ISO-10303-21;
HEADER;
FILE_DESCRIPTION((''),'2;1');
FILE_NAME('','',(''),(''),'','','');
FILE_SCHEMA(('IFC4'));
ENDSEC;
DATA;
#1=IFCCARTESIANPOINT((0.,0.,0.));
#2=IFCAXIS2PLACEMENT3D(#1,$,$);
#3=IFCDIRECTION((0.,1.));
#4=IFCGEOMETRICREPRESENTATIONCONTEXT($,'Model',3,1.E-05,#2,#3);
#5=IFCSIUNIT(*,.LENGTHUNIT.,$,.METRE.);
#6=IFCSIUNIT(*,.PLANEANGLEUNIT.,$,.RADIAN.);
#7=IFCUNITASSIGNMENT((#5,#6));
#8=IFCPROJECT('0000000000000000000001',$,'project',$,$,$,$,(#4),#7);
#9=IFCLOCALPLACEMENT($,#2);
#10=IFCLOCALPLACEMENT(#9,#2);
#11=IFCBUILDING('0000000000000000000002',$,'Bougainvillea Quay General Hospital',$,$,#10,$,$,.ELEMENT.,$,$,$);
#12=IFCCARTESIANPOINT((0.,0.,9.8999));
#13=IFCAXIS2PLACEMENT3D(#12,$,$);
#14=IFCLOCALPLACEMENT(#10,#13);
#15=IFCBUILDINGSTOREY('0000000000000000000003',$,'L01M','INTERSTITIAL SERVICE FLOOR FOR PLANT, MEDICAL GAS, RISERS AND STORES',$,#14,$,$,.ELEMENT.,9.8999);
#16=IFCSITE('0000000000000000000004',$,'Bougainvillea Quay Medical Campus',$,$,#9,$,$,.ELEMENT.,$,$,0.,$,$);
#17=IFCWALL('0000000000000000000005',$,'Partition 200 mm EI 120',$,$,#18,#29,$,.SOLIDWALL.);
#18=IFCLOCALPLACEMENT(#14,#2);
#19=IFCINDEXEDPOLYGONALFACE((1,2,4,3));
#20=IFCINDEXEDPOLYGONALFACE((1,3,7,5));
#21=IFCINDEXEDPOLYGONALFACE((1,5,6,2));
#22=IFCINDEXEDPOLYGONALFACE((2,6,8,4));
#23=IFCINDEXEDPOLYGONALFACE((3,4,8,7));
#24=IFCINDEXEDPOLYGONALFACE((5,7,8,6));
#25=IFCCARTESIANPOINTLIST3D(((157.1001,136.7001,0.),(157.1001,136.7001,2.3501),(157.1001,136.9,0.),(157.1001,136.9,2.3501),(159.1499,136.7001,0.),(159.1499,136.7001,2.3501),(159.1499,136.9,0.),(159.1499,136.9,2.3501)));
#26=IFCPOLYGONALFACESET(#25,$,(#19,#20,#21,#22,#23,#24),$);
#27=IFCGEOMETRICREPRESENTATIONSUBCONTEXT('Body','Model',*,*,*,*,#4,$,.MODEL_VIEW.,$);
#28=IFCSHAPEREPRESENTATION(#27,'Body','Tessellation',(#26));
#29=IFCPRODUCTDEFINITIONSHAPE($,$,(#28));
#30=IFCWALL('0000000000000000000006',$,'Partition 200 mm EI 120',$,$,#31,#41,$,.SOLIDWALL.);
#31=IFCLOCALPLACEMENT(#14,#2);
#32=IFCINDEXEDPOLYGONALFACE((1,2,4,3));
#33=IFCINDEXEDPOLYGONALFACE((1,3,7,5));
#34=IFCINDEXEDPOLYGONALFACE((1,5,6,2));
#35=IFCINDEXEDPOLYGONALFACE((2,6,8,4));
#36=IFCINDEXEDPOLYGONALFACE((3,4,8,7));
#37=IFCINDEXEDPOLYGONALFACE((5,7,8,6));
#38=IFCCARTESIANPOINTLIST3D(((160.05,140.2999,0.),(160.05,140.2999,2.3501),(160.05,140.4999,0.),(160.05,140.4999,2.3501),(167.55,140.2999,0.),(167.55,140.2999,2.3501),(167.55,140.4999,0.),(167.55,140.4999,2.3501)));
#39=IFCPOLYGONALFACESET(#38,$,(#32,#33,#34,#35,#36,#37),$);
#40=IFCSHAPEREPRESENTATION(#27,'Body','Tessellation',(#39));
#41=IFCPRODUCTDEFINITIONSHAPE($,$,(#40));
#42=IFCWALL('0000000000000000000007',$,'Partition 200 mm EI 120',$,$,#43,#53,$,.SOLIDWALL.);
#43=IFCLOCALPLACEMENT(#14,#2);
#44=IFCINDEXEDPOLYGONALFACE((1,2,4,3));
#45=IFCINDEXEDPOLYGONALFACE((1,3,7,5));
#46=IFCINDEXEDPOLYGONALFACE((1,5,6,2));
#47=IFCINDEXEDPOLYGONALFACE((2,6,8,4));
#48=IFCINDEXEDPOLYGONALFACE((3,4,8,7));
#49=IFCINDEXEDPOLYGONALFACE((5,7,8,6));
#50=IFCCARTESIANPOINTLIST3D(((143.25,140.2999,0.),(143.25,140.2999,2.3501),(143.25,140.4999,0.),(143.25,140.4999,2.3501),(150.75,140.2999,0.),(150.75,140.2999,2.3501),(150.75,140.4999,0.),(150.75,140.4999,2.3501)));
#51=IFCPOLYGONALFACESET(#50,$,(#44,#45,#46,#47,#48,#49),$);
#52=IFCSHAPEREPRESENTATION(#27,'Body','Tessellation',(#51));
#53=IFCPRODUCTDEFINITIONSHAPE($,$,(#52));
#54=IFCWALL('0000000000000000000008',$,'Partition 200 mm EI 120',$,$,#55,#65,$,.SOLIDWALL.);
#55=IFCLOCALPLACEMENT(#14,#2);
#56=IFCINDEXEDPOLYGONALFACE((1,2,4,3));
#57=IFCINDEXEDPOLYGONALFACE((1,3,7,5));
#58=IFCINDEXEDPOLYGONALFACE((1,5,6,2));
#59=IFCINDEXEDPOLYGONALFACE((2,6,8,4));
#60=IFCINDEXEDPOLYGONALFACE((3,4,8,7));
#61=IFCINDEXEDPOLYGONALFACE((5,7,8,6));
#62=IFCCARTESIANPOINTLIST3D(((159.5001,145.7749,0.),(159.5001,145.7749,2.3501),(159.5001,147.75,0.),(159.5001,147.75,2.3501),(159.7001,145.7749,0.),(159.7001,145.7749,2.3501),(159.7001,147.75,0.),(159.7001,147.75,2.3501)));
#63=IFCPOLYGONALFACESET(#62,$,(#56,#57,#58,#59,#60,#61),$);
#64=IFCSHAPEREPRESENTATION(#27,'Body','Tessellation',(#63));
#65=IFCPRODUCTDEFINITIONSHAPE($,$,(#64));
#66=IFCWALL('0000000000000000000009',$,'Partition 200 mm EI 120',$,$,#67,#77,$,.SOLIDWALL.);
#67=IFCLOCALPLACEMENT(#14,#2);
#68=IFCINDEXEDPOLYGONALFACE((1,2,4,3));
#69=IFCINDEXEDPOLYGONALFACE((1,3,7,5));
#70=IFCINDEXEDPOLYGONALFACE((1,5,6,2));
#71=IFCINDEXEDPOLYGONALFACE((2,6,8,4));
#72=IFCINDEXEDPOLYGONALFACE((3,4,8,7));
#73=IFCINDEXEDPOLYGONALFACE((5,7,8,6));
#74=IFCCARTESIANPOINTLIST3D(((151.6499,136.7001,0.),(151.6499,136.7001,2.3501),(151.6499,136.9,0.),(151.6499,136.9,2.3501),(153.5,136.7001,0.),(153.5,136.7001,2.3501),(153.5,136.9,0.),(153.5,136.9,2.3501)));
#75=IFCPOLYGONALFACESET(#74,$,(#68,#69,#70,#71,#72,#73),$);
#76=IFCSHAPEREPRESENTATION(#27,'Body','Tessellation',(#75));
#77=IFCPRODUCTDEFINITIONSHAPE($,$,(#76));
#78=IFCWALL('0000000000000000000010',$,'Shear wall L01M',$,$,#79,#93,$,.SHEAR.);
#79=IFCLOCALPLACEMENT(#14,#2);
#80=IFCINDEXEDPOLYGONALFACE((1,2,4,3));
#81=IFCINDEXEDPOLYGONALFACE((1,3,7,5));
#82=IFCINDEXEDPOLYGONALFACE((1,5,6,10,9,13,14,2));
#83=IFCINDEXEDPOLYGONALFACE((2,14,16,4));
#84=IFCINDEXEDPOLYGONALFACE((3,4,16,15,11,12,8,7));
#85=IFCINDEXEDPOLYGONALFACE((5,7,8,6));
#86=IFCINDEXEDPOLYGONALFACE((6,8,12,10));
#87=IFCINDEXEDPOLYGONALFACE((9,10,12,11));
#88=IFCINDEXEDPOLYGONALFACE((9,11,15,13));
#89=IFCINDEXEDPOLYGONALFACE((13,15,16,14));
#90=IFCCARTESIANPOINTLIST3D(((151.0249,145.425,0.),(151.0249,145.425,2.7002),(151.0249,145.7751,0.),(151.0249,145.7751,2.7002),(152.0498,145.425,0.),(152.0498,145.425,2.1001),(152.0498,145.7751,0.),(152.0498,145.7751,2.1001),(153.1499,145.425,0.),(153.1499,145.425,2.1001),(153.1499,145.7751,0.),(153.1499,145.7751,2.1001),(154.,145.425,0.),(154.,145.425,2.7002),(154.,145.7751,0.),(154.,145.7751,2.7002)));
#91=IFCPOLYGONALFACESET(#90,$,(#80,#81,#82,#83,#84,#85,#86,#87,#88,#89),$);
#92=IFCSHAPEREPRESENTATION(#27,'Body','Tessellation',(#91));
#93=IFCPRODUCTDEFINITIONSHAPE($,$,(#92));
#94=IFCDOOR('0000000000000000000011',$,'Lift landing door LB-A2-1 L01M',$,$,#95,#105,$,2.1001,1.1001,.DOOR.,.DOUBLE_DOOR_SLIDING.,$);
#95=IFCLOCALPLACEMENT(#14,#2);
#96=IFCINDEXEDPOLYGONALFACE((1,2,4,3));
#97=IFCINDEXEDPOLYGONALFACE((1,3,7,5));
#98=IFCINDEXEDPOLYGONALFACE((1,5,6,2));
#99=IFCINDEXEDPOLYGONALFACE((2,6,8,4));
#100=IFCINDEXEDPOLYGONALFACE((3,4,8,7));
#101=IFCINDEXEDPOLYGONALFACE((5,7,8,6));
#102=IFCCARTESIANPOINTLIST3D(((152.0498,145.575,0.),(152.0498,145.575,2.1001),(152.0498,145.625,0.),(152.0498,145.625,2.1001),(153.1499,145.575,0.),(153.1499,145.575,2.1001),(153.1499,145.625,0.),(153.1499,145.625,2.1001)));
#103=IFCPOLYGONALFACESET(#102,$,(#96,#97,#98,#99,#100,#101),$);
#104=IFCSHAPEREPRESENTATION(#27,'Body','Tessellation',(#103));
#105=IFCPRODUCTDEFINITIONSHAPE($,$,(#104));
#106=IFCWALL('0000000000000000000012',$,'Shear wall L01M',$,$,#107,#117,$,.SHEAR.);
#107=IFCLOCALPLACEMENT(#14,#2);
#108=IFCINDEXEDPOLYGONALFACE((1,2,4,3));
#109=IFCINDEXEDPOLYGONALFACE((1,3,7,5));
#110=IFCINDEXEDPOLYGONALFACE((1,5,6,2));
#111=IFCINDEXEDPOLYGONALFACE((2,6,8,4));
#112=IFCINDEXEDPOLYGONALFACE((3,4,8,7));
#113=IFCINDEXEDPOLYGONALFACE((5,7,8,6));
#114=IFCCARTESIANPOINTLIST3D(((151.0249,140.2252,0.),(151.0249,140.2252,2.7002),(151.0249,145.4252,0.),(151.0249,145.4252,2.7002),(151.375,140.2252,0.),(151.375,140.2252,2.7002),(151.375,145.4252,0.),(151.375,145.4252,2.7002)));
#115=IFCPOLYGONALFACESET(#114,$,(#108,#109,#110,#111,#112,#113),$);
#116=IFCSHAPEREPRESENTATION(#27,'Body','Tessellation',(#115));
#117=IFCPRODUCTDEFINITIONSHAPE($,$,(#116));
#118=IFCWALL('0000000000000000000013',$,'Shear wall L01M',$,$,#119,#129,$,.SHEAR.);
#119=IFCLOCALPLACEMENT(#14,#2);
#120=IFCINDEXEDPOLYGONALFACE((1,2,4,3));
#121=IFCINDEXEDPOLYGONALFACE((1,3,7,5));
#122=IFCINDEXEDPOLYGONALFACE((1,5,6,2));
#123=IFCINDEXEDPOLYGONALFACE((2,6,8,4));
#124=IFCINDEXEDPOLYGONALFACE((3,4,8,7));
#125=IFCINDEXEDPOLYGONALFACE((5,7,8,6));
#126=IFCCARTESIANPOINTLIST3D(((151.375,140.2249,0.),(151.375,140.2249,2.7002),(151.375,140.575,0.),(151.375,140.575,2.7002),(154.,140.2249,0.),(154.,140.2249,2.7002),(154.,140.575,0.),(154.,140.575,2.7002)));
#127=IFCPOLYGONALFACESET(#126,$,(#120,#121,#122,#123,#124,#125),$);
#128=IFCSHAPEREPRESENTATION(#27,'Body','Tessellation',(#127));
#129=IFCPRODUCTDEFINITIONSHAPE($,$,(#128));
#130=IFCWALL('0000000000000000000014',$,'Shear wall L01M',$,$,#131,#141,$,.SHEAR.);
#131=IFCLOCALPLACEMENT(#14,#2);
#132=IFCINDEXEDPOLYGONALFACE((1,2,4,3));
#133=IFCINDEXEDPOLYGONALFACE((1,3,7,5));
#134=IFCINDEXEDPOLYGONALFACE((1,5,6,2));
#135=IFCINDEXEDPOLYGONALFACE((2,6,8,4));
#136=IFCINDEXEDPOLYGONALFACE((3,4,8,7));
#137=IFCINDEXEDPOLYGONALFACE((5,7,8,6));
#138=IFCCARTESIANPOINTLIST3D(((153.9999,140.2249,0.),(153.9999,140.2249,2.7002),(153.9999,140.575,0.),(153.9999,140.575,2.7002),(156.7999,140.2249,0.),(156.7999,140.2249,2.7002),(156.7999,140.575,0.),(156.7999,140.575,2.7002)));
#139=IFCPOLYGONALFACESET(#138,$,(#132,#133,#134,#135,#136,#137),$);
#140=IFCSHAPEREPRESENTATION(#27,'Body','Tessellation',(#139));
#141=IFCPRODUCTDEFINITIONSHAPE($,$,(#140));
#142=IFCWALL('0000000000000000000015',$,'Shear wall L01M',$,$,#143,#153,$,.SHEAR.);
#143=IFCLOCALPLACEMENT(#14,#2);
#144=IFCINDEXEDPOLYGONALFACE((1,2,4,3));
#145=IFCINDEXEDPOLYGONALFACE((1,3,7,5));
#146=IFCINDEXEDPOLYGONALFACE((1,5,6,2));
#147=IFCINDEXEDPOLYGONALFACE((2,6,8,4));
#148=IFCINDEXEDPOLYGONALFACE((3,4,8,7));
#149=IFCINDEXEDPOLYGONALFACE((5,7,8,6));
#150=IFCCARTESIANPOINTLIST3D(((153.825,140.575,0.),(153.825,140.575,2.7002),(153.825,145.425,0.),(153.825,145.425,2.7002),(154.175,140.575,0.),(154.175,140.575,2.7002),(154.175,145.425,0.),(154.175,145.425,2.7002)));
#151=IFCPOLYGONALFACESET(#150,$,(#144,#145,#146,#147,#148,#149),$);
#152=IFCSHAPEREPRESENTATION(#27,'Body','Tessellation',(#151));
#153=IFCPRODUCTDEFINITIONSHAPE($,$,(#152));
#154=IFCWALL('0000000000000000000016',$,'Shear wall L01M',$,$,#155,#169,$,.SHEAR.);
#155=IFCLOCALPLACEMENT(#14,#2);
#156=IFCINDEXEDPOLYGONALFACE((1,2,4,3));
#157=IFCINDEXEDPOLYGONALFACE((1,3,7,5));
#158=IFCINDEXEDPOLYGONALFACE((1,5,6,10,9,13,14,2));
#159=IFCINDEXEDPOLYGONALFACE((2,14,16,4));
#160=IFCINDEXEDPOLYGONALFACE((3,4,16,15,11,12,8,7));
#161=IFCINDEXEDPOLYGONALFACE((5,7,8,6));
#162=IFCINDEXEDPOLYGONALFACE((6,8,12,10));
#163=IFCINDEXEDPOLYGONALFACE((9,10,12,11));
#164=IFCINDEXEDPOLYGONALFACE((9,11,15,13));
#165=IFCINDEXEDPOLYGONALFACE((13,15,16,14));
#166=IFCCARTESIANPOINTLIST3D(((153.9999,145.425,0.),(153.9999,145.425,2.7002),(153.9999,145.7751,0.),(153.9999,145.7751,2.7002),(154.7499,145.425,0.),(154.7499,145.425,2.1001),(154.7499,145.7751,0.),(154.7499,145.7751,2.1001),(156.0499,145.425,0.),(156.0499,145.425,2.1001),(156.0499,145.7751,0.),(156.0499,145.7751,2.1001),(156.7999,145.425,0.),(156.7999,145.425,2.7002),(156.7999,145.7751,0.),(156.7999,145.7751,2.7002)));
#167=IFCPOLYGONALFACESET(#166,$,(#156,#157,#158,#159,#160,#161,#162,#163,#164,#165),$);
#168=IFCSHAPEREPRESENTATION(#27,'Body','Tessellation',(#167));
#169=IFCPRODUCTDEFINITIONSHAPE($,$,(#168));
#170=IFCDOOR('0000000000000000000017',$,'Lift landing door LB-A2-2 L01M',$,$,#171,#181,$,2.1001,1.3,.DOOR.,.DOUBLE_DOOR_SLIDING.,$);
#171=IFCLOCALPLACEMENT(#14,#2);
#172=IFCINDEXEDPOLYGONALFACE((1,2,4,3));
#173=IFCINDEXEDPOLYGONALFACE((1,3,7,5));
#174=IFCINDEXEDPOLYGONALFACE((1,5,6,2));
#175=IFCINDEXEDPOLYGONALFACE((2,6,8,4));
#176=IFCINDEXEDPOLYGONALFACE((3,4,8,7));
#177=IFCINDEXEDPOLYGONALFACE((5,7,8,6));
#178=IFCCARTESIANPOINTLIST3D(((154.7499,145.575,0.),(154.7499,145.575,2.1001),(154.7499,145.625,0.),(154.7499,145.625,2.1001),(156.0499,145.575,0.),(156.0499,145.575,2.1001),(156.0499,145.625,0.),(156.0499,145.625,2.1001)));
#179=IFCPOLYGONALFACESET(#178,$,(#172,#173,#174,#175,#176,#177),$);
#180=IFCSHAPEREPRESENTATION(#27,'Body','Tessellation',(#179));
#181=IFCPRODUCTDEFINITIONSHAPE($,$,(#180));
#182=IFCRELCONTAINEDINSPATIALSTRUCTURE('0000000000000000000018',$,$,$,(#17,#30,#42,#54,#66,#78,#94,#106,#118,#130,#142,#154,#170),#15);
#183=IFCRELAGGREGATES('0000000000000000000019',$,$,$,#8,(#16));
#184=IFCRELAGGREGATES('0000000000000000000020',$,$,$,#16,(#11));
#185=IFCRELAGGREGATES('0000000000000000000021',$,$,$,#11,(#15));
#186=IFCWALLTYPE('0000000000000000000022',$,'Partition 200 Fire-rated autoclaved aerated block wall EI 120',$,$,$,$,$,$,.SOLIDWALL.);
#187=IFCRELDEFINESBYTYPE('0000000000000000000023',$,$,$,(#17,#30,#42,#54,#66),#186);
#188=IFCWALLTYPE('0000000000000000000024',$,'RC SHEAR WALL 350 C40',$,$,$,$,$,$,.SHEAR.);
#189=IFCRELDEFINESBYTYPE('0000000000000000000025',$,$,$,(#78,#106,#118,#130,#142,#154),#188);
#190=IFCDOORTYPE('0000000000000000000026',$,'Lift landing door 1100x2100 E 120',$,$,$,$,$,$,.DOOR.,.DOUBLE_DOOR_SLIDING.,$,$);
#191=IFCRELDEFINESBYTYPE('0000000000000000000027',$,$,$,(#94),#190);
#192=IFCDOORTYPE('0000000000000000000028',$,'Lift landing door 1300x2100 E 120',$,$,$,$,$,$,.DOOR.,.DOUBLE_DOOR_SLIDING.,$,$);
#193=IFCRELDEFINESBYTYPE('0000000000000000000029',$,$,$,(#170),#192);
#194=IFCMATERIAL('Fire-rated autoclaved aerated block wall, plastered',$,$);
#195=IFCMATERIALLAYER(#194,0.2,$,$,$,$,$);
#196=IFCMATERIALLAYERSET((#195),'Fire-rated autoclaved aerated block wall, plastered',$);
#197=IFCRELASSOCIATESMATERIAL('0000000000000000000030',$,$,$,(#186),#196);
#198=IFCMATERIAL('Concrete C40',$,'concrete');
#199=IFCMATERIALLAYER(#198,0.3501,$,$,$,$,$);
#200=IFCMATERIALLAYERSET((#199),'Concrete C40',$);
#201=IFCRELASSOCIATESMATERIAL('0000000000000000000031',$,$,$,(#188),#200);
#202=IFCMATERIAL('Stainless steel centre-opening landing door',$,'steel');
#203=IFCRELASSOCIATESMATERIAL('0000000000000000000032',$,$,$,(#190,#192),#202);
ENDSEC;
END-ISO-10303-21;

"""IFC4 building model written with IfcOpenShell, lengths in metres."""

from ifc_helpers import new_model, si_unit, direction, frame, frame_2d, origin, place, context, subcontext, project, spatial, rectangle, extrude, material, layer, layer_set, type_object, element, fill, save


model = new_model("IFC4")

# Units and contexts
model_context = context("Model", 3, precision=1e-05, world=origin(), true_north=direction((0.0, 1.0)))
body_context = subcontext(model_context, "Body", "Model", "MODEL_VIEW")
ifc_project = project(units=[si_unit("LENGTHUNIT", "METRE"), si_unit("PLANEANGLEUNIT", "RADIAN")], contexts=[model_context])

# Site, building, storey
site_placement = place(None, origin())
site = spatial("IfcSite", under=ifc_project, at=site_placement, Name="Bougainvillea Quay Medical Campus", CompositionType="ELEMENT", RefElevation=0.0)
building_placement = place(site_placement, origin())
building = spatial("IfcBuilding", under=site, at=building_placement, Name="Bougainvillea Quay General Hospital", CompositionType="ELEMENT")
storey_placement = place(building_placement, frame((0.0, 0.0, 9.8999)))
storey = spatial("IfcBuildingStorey", under=building, at=storey_placement, Name="L01M", Description="INTERSTITIAL SERVICE FLOOR FOR PLANT, MEDICAL GAS, RISERS AND STORES", CompositionType="ELEMENT", Elevation=9.8999)

# Shared definitions
ifc_material_1 = material(Name="Fire-rated autoclaved aerated block wall, plastered")
ifc_layer_1 = layer(ifc_material_1, 0.2)
ifc_layer_set_1 = layer_set([ifc_layer_1], Name="Fire-rated autoclaved aerated block wall, plastered")
wall_type_1 = type_object("IfcWallType", Name="Partition 200 Fire-rated autoclaved aerated block wall EI 120", PredefinedType="SOLIDWALL", material=ifc_layer_set_1)

# Walls
wall_1_placement = place(storey_placement, frame((159.1499, 136.8, 0.0), z_axis=(0.0, 0.0, 1.0), x_axis=(-1.0, 0.0, 0.0)))
element("IfcWall", 1, at=wall_1_placement, inside=storey, type_object=wall_type_1, Name="Partition 200 mm EI 120", PredefinedType="SOLIDWALL", context=body_context, shape_type="SweptSolid", body=[
    extrude(rectangle(XDim=2.0498, YDim=0.2, at=frame_2d((1.0249, 0.0))), origin(), (0.0, 0.0, 1.0), 2.3501),
])
for number, where, z_axis, x_axis, name in (
    (2, (167.55, 140.3999, 0.0), (0.0, 0.0, 1.0), (-1.0, 0.0, 0.0), "Partition 200 mm EI 120"),
    (3, (150.75, 140.3999, 0.0), (0.0, 0.0, 1.0), (-1.0, 0.0, 0.0), "Partition 200 mm EI 120"),
):
    element("IfcWall", number, at=place(storey_placement, frame(where, z_axis=z_axis, x_axis=x_axis)), inside=storey, type_object=wall_type_1, Name=name, PredefinedType="SOLIDWALL", context=body_context, shape_type="SweptSolid", body=[
        extrude(rectangle(XDim=7.5, YDim=0.2, at=frame_2d((3.75, 0.0))), origin(), (0.0, 0.0, 1.0), 2.3501),
    ])
wall_2_placement = place(storey_placement, frame((159.6001, 145.7749, 0.0), z_axis=(0.0, 0.0, 1.0), x_axis=(0.0, 1.0, 0.0)))
element("IfcWall", 4, at=wall_2_placement, inside=storey, type_object=wall_type_1, Name="Partition 200 mm EI 120", PredefinedType="SOLIDWALL", context=body_context, shape_type="SweptSolid", body=[
    extrude(rectangle(XDim=1.9751, YDim=0.2, at=frame_2d((0.9875, 0.0))), origin(), (0.0, 0.0, 1.0), 2.3501),
])
wall_3_placement = place(storey_placement, frame((151.6499, 136.8, 0.0), z_axis=(0.0, 0.0, 1.0), x_axis=(1.0, 0.0, 0.0)))
element("IfcWall", 5, at=wall_3_placement, inside=storey, type_object=wall_type_1, Name="Partition 200 mm EI 120", PredefinedType="SOLIDWALL", context=body_context, shape_type="SweptSolid", body=[
    extrude(rectangle(XDim=1.8501, YDim=0.2, at=frame_2d((0.925, 0.0))), origin(), (0.0, 0.0, 1.0), 2.3501),
])

# Wall, opening, door
ifc_material_2 = material(Name="Concrete C40", Category="concrete")
ifc_layer_2 = layer(ifc_material_2, 0.3501)
ifc_layer_set_2 = layer_set([ifc_layer_2], Name="Concrete C40")
wall_type_2 = type_object("IfcWallType", Name="RC SHEAR WALL 350 C40", PredefinedType="SHEAR", material=ifc_layer_set_2)
wall_4_placement = place(storey_placement, frame((151.0249, 145.6001, 0.0), z_axis=(0.0, 0.0, 1.0), x_axis=(1.0, 0.0, 0.0)))
wall_4 = element("IfcWall", 6, at=wall_4_placement, inside=storey, type_object=wall_type_2, Name="Shear wall L01M", PredefinedType="SHEAR", context=body_context, shape_type="SweptSolid", body=[
    extrude(rectangle(XDim=2.9751, YDim=0.3501, at=frame_2d((1.4875, 0.0))), origin(), (0.0, 0.0, 1.0), 2.7002),
])
opening_1_placement = place(wall_4_placement, frame((1.0249, 0.0, 0.0)))
opening_1 = element("IfcOpeningElement", 7, at=opening_1_placement, cuts=wall_4, PredefinedType="OPENING", context=body_context, shape_type="SweptSolid", body=[
    extrude(rectangle(XDim=1.1001, YDim=2.1001, at=frame_2d((0.55, 1.05))), frame((0.0, 0.1851, 0.0), z_axis=(0.0, -1.0, 0.0), x_axis=(1.0, 0.0, 0.0)), (0.0, 0.0, 1.0), 0.3701),
])
ifc_material_3 = material(Name="Stainless steel centre-opening landing door", Category="steel")
door_type_1 = type_object("IfcDoorType", Name="Lift landing door 1100x2100 E 120", OperationType="DOUBLE_DOOR_SLIDING", PredefinedType="DOOR", material=ifc_material_3)
door_1_placement = place(opening_1_placement, origin())
door_1 = element("IfcDoor", 8, at=door_1_placement, inside=storey, type_object=door_type_1, Name="Lift landing door LB-A2-1 L01M", OperationType="DOUBLE_DOOR_SLIDING", OverallHeight=2.1001, OverallWidth=1.1001, PredefinedType="DOOR", context=body_context, shape_type="SweptSolid", body=[
    extrude(rectangle(XDim=1.1001, YDim=2.1001, at=frame_2d((0.55, 1.05))), frame((0.0, 0.0249, 0.0), z_axis=(0.0, -1.0, 0.0), x_axis=(1.0, 0.0, 0.0)), (0.0, 0.0, 1.0), 0.05),
])
fill(opening_1, door_1)

# Walls
wall_5_placement = place(storey_placement, frame((151.2, 140.2251, 0.0), z_axis=(0.0, 0.0, 1.0), x_axis=(0.0, 1.0, 0.0)))
element("IfcWall", 9, at=wall_5_placement, inside=storey, type_object=wall_type_2, Name="Shear wall L01M", PredefinedType="SHEAR", context=body_context, shape_type="SweptSolid", body=[
    extrude(rectangle(XDim=5.2, YDim=0.3501, at=frame_2d((2.6001, 0.0))), origin(), (0.0, 0.0, 1.0), 2.7002),
])
wall_6_placement = place(storey_placement, frame((151.375, 140.3999, 0.0), z_axis=(0.0, 0.0, 1.0), x_axis=(1.0, 0.0, 0.0)))
element("IfcWall", 10, at=wall_6_placement, inside=storey, type_object=wall_type_2, Name="Shear wall L01M", PredefinedType="SHEAR", context=body_context, shape_type="SweptSolid", body=[
    extrude(rectangle(XDim=2.625, YDim=0.3501, at=frame_2d((1.3125, 0.0))), origin(), (0.0, 0.0, 1.0), 2.7002),
])
wall_7_placement = place(storey_placement, frame((154.0, 140.3999, 0.0), z_axis=(0.0, 0.0, 1.0), x_axis=(1.0, 0.0, 0.0)))
element("IfcWall", 11, at=wall_7_placement, inside=storey, type_object=wall_type_2, Name="Shear wall L01M", PredefinedType="SHEAR", context=body_context, shape_type="SweptSolid", body=[
    extrude(rectangle(XDim=2.8, YDim=0.3501, at=frame_2d((1.3999, 0.0))), origin(), (0.0, 0.0, 1.0), 2.7002),
])
wall_8_placement = place(storey_placement, frame((154.0, 140.575, 0.0), z_axis=(0.0, 0.0, 1.0), x_axis=(0.0, 1.0, 0.0)))
element("IfcWall", 12, at=wall_8_placement, inside=storey, type_object=wall_type_2, Name="Shear wall L01M", PredefinedType="SHEAR", context=body_context, shape_type="SweptSolid", body=[
    extrude(rectangle(XDim=4.8501, YDim=0.3501, at=frame_2d((2.425, 0.0))), origin(), (0.0, 0.0, 1.0), 2.7002),
])

# Wall, opening, door
wall_9_placement = place(storey_placement, frame((154.0, 145.6001, 0.0), z_axis=(0.0, 0.0, 1.0), x_axis=(1.0, 0.0, 0.0)))
wall_9 = element("IfcWall", 13, at=wall_9_placement, inside=storey, type_object=wall_type_2, Name="Shear wall L01M", PredefinedType="SHEAR", context=body_context, shape_type="SweptSolid", body=[
    extrude(rectangle(XDim=2.8, YDim=0.3501, at=frame_2d((1.3999, 0.0))), origin(), (0.0, 0.0, 1.0), 2.7002),
])
opening_2_placement = place(wall_9_placement, frame((0.75, 0.0, 0.0)))
opening_2 = element("IfcOpeningElement", 14, at=opening_2_placement, cuts=wall_9, PredefinedType="OPENING", context=body_context, shape_type="SweptSolid", body=[
    extrude(rectangle(XDim=1.3, YDim=2.1001, at=frame_2d((0.6499, 1.05))), frame((0.0, 0.1851, 0.0), z_axis=(0.0, -1.0, 0.0), x_axis=(1.0, 0.0, 0.0)), (0.0, 0.0, 1.0), 0.3701),
])
door_type_2 = type_object("IfcDoorType", Name="Lift landing door 1300x2100 E 120", OperationType="DOUBLE_DOOR_SLIDING", PredefinedType="DOOR", material=ifc_material_3)
door_2_placement = place(opening_2_placement, origin())
door_2 = element("IfcDoor", 15, at=door_2_placement, inside=storey, type_object=door_type_2, Name="Lift landing door LB-A2-2 L01M", OperationType="DOUBLE_DOOR_SLIDING", OverallHeight=2.1001, OverallWidth=1.3, PredefinedType="DOOR", context=body_context, shape_type="SweptSolid", body=[
    extrude(rectangle(XDim=1.3, YDim=2.1001, at=frame_2d((0.6499, 1.05))), frame((0.0, 0.0249, 0.0), z_axis=(0.0, -1.0, 0.0), x_axis=(1.0, 0.0, 0.0)), (0.0, 0.0, 1.0), 0.05),
])
fill(opening_2, door_2)

save(model, "model.ifc")
